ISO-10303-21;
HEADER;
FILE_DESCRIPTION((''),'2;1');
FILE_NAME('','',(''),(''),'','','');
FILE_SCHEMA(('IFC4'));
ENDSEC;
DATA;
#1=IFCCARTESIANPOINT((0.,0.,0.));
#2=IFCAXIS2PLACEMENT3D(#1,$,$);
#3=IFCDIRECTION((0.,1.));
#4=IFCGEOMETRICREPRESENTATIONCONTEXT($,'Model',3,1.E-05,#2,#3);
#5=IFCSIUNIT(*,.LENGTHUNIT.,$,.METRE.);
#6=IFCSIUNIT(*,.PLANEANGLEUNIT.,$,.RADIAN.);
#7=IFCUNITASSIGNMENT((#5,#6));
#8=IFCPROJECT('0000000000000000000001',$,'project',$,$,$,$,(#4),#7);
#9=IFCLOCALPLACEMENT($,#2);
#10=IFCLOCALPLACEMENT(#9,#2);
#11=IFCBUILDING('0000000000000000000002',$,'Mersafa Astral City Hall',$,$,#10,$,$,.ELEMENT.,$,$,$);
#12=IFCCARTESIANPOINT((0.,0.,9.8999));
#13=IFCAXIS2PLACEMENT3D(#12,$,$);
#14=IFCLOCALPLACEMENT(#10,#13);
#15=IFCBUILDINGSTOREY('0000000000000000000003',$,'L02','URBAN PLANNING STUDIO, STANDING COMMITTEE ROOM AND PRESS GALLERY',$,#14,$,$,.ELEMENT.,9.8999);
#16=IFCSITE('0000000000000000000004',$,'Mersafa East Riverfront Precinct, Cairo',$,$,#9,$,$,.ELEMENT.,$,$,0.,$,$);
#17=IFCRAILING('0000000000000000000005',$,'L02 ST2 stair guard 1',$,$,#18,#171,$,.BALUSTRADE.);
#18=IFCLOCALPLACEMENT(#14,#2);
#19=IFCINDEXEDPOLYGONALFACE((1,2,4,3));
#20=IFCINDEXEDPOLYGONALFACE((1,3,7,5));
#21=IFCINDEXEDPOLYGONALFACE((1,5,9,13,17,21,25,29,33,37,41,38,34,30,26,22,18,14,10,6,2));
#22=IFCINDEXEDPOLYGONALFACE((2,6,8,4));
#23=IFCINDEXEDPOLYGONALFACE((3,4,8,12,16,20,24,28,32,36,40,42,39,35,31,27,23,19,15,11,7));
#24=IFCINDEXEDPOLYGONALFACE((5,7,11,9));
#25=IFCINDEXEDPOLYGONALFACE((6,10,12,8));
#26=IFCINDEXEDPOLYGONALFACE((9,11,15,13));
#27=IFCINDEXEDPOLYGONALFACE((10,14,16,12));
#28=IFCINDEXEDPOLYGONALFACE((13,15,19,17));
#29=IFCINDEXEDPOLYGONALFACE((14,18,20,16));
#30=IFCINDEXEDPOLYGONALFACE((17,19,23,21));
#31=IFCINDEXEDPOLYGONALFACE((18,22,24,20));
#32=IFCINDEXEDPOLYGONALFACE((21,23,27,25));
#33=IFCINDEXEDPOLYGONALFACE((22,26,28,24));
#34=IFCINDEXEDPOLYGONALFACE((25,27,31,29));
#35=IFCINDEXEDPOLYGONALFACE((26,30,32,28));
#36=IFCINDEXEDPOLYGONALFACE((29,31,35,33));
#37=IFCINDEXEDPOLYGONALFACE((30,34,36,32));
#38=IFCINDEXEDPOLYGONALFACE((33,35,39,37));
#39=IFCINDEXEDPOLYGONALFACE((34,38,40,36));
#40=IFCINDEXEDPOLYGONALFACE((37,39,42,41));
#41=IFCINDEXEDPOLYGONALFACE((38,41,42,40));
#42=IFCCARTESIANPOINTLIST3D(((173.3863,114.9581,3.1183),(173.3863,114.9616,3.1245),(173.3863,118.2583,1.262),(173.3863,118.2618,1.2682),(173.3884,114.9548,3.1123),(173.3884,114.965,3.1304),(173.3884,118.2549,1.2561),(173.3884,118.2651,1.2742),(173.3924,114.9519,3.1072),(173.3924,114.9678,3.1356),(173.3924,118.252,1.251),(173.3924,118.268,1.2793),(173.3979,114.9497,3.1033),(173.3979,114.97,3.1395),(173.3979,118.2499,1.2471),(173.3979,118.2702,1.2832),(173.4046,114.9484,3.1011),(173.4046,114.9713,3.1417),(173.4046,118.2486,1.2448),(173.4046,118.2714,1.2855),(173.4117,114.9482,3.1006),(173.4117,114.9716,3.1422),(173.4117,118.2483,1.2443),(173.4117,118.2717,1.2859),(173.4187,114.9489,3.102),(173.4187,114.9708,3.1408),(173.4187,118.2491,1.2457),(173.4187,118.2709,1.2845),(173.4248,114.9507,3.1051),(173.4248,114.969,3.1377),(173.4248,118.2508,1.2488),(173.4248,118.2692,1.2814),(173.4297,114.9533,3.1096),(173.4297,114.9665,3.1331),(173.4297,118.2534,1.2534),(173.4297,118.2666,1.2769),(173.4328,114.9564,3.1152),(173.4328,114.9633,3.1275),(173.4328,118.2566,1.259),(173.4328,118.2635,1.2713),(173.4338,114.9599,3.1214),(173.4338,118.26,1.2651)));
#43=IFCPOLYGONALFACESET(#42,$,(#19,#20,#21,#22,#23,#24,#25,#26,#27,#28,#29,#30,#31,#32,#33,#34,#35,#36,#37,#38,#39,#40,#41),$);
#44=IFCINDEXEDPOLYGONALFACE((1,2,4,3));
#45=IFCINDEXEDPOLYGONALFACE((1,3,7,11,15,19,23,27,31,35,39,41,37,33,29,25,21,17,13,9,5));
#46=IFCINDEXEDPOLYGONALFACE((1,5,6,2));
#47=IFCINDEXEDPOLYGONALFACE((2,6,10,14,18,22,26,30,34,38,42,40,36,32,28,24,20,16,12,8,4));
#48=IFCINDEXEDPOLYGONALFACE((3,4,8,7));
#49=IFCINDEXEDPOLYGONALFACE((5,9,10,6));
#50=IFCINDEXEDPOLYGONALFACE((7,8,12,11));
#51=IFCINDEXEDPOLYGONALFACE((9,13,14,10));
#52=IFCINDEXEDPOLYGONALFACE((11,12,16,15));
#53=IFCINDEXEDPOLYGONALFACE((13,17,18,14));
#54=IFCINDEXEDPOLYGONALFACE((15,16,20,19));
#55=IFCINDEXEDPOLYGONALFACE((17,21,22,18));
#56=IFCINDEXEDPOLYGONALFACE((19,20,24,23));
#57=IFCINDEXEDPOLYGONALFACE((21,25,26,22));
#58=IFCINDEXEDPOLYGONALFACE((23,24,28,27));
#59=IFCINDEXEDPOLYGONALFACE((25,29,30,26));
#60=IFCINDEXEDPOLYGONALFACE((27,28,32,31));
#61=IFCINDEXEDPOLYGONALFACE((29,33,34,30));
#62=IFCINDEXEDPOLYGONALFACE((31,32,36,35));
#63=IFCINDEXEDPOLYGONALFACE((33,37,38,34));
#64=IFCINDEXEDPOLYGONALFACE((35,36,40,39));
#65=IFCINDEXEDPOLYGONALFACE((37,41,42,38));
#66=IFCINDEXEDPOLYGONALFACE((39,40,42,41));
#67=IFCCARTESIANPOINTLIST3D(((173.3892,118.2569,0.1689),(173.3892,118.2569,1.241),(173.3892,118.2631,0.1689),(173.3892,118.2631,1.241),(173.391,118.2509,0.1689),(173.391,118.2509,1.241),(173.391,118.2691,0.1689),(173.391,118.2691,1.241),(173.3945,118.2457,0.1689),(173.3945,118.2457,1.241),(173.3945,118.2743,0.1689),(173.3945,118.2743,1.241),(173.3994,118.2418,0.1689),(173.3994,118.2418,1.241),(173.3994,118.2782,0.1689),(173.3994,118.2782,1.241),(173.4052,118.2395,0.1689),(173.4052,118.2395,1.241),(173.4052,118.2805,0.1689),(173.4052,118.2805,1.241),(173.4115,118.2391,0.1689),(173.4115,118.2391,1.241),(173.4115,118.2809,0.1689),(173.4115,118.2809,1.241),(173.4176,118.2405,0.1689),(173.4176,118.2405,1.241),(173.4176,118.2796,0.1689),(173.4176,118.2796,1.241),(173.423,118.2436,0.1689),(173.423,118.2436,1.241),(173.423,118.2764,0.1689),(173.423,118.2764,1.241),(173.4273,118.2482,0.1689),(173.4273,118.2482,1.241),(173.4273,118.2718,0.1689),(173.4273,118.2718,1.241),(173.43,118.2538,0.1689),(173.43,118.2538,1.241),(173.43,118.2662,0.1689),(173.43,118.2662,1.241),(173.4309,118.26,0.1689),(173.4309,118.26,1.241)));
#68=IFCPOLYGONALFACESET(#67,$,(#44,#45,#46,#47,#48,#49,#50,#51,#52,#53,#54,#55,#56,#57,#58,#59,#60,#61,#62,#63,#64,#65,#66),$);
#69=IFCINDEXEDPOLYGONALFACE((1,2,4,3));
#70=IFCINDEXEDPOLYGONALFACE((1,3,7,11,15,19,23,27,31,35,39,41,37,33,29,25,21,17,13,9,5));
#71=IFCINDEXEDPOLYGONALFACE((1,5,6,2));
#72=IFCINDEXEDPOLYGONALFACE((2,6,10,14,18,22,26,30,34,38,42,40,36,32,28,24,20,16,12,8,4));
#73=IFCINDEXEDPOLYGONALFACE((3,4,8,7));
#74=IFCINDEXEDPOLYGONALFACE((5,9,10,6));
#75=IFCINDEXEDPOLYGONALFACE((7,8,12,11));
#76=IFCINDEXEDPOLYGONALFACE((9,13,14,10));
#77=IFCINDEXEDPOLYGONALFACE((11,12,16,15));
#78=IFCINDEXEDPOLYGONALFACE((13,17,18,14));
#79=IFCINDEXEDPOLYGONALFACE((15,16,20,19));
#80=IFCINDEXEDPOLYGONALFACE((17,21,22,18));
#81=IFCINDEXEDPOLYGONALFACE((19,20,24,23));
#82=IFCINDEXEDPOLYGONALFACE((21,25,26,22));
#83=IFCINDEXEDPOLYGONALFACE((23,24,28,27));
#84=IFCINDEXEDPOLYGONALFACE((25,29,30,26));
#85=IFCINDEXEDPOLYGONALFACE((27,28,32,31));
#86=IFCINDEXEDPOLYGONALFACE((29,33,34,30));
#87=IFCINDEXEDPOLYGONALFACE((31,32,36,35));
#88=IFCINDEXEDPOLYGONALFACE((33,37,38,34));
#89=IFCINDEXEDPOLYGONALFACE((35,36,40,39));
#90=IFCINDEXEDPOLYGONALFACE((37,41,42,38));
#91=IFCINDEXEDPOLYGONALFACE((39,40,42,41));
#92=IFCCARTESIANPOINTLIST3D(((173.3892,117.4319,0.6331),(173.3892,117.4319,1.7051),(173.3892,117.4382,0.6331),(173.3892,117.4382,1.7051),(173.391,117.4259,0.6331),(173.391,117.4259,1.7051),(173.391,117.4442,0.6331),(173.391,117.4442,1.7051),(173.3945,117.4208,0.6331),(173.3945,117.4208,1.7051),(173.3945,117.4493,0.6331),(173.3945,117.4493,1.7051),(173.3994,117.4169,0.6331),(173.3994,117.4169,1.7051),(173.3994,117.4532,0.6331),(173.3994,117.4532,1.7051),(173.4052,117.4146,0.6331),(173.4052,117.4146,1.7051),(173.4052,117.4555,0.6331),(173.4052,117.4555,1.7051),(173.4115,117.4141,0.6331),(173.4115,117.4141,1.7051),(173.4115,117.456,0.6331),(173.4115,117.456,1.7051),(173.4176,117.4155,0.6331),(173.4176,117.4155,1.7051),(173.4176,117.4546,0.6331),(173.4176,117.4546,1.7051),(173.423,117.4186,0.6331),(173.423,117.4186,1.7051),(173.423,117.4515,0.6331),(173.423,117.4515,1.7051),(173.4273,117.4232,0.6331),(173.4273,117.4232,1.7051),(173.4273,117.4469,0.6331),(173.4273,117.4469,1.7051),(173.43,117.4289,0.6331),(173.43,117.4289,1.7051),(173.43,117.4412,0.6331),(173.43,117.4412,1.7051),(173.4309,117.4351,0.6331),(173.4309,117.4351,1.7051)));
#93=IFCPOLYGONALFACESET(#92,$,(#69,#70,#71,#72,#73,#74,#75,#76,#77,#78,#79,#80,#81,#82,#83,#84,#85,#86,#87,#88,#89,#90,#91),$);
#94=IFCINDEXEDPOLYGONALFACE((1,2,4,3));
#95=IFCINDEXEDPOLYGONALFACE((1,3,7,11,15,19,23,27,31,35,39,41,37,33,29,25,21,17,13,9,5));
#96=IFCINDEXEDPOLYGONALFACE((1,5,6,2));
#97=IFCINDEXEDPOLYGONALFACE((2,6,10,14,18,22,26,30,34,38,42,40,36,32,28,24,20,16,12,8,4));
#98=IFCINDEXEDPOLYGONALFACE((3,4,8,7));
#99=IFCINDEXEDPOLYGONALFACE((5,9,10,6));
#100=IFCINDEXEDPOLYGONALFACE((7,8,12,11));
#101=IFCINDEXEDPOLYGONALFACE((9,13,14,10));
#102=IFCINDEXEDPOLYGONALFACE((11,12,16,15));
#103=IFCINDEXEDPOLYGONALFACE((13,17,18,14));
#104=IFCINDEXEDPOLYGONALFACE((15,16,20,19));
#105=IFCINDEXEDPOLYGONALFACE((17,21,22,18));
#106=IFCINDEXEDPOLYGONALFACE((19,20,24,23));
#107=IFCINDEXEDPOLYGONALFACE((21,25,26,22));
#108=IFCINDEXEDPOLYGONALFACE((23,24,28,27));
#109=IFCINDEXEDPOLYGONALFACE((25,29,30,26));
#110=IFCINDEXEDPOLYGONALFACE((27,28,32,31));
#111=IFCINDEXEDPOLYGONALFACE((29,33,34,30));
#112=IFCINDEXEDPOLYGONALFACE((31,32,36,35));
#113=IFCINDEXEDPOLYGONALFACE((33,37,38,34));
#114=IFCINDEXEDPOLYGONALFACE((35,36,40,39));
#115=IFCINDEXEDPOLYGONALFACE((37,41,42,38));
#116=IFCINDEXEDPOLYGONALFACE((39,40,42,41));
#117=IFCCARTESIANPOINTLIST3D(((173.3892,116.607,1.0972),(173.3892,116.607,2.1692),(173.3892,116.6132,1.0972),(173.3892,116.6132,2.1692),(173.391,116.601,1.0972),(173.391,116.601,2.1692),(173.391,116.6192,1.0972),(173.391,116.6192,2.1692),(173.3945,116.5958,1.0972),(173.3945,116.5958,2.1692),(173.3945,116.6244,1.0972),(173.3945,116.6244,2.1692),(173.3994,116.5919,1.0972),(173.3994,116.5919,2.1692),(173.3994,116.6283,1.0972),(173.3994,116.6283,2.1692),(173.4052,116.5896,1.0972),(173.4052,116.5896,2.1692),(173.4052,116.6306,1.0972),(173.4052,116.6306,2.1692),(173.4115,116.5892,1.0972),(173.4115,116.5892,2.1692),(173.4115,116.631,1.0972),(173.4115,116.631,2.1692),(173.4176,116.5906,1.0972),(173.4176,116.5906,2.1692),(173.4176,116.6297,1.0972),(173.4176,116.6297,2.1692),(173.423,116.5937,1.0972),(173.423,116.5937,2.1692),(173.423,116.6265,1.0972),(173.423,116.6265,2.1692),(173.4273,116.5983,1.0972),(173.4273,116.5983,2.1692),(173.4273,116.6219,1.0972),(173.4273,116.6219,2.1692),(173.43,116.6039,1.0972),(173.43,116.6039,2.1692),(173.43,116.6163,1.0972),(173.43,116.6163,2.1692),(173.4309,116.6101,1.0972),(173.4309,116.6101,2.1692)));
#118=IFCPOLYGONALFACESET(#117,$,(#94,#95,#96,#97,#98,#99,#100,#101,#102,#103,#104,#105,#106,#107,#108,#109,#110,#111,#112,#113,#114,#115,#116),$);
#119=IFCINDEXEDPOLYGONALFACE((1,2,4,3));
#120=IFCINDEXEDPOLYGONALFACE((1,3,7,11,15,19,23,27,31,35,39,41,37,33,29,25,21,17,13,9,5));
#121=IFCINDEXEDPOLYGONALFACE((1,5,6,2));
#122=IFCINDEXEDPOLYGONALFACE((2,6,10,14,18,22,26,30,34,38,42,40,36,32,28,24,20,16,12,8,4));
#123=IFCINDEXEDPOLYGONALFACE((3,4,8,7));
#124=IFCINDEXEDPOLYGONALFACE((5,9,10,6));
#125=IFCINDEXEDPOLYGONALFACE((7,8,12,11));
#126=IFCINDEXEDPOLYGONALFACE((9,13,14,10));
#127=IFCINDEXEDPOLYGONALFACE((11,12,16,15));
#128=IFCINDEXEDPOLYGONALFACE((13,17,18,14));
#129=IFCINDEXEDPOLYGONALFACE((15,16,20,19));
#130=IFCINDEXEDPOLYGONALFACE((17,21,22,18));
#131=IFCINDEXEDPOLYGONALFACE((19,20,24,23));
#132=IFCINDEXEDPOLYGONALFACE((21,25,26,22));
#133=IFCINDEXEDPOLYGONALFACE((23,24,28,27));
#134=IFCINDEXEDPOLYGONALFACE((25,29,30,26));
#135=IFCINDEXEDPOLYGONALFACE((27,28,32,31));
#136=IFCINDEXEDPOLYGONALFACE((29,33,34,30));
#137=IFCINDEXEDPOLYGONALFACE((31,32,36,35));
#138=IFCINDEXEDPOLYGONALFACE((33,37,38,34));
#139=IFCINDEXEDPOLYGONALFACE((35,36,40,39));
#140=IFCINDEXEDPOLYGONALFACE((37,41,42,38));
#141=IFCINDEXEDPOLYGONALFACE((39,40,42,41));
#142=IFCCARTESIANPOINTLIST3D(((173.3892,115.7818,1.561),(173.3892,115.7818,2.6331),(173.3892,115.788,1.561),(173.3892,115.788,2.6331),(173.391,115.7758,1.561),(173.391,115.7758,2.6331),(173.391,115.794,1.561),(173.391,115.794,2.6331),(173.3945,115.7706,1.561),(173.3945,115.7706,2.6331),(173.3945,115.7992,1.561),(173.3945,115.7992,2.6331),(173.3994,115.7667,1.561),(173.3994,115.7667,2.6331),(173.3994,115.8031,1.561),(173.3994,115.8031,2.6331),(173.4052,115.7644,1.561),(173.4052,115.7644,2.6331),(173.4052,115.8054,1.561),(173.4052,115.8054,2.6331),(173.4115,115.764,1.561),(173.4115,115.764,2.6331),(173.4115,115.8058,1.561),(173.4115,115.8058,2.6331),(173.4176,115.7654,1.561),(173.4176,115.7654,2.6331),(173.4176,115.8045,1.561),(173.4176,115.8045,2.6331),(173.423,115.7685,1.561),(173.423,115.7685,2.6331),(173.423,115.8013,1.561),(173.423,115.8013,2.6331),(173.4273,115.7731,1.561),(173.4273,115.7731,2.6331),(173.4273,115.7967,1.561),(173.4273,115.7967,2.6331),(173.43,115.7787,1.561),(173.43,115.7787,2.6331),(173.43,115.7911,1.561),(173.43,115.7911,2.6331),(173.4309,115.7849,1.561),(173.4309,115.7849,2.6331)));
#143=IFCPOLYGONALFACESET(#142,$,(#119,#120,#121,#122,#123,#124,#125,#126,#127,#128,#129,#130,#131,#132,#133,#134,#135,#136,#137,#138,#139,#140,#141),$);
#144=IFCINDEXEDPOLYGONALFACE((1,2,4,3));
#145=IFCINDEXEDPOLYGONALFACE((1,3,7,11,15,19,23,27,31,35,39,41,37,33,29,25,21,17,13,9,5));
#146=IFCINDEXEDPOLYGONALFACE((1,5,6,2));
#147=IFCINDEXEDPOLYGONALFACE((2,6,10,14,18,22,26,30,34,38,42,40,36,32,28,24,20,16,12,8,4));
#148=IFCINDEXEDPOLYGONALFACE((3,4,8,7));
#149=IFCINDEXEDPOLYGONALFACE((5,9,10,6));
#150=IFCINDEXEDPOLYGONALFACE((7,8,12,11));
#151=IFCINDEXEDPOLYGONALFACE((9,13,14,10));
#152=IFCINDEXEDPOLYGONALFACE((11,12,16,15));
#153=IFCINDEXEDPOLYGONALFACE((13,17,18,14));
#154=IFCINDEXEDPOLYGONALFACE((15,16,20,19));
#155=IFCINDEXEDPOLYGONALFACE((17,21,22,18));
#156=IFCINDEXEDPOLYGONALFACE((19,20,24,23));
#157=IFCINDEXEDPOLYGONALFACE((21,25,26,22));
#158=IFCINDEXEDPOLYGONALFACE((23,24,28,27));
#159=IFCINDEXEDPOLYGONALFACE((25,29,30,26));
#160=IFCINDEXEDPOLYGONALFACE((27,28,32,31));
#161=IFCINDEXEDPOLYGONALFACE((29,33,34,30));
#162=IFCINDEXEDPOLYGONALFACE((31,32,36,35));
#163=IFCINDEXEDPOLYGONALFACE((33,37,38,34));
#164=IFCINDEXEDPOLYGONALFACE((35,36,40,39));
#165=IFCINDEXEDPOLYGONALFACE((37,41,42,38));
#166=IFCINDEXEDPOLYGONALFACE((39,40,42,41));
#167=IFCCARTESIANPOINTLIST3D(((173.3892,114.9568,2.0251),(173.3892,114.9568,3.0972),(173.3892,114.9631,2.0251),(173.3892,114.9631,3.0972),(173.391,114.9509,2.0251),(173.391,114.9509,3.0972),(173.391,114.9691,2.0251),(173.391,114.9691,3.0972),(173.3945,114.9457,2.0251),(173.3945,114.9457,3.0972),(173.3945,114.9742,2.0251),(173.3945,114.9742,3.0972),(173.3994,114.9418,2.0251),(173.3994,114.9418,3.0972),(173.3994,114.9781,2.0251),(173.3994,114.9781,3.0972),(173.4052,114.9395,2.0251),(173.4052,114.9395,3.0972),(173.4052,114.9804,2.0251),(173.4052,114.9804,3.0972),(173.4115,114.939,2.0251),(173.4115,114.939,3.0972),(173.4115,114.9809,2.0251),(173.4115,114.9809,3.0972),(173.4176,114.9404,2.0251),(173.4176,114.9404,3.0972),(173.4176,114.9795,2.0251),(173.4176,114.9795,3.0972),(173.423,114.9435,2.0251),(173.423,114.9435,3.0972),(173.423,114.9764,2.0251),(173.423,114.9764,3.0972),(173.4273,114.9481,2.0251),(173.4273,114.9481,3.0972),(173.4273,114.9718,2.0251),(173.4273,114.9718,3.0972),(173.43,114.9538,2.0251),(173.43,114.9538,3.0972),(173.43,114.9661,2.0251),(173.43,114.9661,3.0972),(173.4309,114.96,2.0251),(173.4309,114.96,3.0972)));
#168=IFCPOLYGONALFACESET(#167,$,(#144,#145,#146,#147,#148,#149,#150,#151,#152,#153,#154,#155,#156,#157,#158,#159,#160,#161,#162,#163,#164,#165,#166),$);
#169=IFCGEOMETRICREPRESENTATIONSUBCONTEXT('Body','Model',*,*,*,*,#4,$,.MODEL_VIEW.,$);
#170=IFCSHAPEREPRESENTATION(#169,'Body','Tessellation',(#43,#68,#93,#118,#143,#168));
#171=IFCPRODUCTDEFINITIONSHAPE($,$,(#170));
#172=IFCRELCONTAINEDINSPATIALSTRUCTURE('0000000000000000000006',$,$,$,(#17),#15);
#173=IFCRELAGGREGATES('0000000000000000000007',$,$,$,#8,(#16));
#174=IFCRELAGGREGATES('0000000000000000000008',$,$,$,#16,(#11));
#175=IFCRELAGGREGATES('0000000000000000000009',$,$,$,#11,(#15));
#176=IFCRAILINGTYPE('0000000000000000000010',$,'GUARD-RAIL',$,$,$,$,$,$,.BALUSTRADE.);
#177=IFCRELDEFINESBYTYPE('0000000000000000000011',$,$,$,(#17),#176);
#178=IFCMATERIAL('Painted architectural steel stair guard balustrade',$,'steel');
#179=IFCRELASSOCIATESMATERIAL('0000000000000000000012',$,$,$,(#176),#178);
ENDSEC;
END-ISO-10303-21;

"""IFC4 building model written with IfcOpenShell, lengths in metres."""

from ifc_helpers import new_model, si_unit, direction, frame, origin, origin_2d, place, context, subcontext, project, spatial, circle, extrude, material, type_object, element, save


model = new_model("IFC4")

# Units and contexts
model_context = context("Model", 3, precision=1e-05, world=origin(), true_north=direction((0.0, 1.0)))
body_context = subcontext(model_context, "Body", "Model", "MODEL_VIEW")
ifc_project = project(units=[si_unit("LENGTHUNIT", "METRE"), si_unit("PLANEANGLEUNIT", "RADIAN")], contexts=[model_context])

# Site, building, storey
site_placement = place(None, origin())
site = spatial("IfcSite", under=ifc_project, at=site_placement, Name="Mersafa East Riverfront Precinct, Cairo", CompositionType="ELEMENT", RefElevation=0.0)
building_placement = place(site_placement, origin())
building = spatial("IfcBuilding", under=site, at=building_placement, Name="Mersafa Astral City Hall", CompositionType="ELEMENT")
storey_placement = place(building_placement, frame((0.0, 0.0, 9.8999)))
storey = spatial("IfcBuildingStorey", under=building, at=storey_placement, Name="L02", Description="URBAN PLANNING STUDIO, STANDING COMMITTEE ROOM AND PRESS GALLERY", CompositionType="ELEMENT", Elevation=9.8999)

# Railing
ifc_material_1 = material(Name="Painted architectural steel stair guard balustrade", Category="steel")
railing_type_1 = type_object("IfcRailingType", Name="GUARD-RAIL", PredefinedType="BALUSTRADE", material=ifc_material_1)
railing_1_placement = place(storey_placement, frame((173.4099, 118.26, 0.1689)))
element("IfcRailing", 1, at=railing_1_placement, inside=storey, type_object=railing_type_1, Name="L02 ST2 stair guard 1", PredefinedType="BALUSTRADE", context=body_context, shape_type="SweptSolid", body=[
    extrude(circle(Radius=0.0239, at=origin_2d()), frame((0.0, 0.0, 1.0962), z_axis=(0.0, -0.871584, 0.490246), x_axis=(1.0, 0.0, 0.0)), (0.0, 0.0, 1.0), 3.7864),
    extrude(circle(Radius=0.021, at=origin_2d()), origin(), (0.0, 0.0, 1.0), 1.072),
    extrude(circle(Radius=0.021, at=origin_2d()), frame((0.0, -0.825, 0.4641)), (0.0, 0.0, 1.0), 1.072),
    extrude(circle(Radius=0.021, at=origin_2d()), frame((0.0, -1.6499, 0.9282)), (0.0, 0.0, 1.0), 1.072),
    extrude(circle(Radius=0.021, at=origin_2d()), frame((0.0, -2.4751, 1.3921)), (0.0, 0.0, 1.0), 1.072),
    extrude(circle(Radius=0.021, at=origin_2d()), frame((0.0, -3.3, 1.8562)), (0.0, 0.0, 1.0), 1.072),
])

save(model, "model.ifc")
